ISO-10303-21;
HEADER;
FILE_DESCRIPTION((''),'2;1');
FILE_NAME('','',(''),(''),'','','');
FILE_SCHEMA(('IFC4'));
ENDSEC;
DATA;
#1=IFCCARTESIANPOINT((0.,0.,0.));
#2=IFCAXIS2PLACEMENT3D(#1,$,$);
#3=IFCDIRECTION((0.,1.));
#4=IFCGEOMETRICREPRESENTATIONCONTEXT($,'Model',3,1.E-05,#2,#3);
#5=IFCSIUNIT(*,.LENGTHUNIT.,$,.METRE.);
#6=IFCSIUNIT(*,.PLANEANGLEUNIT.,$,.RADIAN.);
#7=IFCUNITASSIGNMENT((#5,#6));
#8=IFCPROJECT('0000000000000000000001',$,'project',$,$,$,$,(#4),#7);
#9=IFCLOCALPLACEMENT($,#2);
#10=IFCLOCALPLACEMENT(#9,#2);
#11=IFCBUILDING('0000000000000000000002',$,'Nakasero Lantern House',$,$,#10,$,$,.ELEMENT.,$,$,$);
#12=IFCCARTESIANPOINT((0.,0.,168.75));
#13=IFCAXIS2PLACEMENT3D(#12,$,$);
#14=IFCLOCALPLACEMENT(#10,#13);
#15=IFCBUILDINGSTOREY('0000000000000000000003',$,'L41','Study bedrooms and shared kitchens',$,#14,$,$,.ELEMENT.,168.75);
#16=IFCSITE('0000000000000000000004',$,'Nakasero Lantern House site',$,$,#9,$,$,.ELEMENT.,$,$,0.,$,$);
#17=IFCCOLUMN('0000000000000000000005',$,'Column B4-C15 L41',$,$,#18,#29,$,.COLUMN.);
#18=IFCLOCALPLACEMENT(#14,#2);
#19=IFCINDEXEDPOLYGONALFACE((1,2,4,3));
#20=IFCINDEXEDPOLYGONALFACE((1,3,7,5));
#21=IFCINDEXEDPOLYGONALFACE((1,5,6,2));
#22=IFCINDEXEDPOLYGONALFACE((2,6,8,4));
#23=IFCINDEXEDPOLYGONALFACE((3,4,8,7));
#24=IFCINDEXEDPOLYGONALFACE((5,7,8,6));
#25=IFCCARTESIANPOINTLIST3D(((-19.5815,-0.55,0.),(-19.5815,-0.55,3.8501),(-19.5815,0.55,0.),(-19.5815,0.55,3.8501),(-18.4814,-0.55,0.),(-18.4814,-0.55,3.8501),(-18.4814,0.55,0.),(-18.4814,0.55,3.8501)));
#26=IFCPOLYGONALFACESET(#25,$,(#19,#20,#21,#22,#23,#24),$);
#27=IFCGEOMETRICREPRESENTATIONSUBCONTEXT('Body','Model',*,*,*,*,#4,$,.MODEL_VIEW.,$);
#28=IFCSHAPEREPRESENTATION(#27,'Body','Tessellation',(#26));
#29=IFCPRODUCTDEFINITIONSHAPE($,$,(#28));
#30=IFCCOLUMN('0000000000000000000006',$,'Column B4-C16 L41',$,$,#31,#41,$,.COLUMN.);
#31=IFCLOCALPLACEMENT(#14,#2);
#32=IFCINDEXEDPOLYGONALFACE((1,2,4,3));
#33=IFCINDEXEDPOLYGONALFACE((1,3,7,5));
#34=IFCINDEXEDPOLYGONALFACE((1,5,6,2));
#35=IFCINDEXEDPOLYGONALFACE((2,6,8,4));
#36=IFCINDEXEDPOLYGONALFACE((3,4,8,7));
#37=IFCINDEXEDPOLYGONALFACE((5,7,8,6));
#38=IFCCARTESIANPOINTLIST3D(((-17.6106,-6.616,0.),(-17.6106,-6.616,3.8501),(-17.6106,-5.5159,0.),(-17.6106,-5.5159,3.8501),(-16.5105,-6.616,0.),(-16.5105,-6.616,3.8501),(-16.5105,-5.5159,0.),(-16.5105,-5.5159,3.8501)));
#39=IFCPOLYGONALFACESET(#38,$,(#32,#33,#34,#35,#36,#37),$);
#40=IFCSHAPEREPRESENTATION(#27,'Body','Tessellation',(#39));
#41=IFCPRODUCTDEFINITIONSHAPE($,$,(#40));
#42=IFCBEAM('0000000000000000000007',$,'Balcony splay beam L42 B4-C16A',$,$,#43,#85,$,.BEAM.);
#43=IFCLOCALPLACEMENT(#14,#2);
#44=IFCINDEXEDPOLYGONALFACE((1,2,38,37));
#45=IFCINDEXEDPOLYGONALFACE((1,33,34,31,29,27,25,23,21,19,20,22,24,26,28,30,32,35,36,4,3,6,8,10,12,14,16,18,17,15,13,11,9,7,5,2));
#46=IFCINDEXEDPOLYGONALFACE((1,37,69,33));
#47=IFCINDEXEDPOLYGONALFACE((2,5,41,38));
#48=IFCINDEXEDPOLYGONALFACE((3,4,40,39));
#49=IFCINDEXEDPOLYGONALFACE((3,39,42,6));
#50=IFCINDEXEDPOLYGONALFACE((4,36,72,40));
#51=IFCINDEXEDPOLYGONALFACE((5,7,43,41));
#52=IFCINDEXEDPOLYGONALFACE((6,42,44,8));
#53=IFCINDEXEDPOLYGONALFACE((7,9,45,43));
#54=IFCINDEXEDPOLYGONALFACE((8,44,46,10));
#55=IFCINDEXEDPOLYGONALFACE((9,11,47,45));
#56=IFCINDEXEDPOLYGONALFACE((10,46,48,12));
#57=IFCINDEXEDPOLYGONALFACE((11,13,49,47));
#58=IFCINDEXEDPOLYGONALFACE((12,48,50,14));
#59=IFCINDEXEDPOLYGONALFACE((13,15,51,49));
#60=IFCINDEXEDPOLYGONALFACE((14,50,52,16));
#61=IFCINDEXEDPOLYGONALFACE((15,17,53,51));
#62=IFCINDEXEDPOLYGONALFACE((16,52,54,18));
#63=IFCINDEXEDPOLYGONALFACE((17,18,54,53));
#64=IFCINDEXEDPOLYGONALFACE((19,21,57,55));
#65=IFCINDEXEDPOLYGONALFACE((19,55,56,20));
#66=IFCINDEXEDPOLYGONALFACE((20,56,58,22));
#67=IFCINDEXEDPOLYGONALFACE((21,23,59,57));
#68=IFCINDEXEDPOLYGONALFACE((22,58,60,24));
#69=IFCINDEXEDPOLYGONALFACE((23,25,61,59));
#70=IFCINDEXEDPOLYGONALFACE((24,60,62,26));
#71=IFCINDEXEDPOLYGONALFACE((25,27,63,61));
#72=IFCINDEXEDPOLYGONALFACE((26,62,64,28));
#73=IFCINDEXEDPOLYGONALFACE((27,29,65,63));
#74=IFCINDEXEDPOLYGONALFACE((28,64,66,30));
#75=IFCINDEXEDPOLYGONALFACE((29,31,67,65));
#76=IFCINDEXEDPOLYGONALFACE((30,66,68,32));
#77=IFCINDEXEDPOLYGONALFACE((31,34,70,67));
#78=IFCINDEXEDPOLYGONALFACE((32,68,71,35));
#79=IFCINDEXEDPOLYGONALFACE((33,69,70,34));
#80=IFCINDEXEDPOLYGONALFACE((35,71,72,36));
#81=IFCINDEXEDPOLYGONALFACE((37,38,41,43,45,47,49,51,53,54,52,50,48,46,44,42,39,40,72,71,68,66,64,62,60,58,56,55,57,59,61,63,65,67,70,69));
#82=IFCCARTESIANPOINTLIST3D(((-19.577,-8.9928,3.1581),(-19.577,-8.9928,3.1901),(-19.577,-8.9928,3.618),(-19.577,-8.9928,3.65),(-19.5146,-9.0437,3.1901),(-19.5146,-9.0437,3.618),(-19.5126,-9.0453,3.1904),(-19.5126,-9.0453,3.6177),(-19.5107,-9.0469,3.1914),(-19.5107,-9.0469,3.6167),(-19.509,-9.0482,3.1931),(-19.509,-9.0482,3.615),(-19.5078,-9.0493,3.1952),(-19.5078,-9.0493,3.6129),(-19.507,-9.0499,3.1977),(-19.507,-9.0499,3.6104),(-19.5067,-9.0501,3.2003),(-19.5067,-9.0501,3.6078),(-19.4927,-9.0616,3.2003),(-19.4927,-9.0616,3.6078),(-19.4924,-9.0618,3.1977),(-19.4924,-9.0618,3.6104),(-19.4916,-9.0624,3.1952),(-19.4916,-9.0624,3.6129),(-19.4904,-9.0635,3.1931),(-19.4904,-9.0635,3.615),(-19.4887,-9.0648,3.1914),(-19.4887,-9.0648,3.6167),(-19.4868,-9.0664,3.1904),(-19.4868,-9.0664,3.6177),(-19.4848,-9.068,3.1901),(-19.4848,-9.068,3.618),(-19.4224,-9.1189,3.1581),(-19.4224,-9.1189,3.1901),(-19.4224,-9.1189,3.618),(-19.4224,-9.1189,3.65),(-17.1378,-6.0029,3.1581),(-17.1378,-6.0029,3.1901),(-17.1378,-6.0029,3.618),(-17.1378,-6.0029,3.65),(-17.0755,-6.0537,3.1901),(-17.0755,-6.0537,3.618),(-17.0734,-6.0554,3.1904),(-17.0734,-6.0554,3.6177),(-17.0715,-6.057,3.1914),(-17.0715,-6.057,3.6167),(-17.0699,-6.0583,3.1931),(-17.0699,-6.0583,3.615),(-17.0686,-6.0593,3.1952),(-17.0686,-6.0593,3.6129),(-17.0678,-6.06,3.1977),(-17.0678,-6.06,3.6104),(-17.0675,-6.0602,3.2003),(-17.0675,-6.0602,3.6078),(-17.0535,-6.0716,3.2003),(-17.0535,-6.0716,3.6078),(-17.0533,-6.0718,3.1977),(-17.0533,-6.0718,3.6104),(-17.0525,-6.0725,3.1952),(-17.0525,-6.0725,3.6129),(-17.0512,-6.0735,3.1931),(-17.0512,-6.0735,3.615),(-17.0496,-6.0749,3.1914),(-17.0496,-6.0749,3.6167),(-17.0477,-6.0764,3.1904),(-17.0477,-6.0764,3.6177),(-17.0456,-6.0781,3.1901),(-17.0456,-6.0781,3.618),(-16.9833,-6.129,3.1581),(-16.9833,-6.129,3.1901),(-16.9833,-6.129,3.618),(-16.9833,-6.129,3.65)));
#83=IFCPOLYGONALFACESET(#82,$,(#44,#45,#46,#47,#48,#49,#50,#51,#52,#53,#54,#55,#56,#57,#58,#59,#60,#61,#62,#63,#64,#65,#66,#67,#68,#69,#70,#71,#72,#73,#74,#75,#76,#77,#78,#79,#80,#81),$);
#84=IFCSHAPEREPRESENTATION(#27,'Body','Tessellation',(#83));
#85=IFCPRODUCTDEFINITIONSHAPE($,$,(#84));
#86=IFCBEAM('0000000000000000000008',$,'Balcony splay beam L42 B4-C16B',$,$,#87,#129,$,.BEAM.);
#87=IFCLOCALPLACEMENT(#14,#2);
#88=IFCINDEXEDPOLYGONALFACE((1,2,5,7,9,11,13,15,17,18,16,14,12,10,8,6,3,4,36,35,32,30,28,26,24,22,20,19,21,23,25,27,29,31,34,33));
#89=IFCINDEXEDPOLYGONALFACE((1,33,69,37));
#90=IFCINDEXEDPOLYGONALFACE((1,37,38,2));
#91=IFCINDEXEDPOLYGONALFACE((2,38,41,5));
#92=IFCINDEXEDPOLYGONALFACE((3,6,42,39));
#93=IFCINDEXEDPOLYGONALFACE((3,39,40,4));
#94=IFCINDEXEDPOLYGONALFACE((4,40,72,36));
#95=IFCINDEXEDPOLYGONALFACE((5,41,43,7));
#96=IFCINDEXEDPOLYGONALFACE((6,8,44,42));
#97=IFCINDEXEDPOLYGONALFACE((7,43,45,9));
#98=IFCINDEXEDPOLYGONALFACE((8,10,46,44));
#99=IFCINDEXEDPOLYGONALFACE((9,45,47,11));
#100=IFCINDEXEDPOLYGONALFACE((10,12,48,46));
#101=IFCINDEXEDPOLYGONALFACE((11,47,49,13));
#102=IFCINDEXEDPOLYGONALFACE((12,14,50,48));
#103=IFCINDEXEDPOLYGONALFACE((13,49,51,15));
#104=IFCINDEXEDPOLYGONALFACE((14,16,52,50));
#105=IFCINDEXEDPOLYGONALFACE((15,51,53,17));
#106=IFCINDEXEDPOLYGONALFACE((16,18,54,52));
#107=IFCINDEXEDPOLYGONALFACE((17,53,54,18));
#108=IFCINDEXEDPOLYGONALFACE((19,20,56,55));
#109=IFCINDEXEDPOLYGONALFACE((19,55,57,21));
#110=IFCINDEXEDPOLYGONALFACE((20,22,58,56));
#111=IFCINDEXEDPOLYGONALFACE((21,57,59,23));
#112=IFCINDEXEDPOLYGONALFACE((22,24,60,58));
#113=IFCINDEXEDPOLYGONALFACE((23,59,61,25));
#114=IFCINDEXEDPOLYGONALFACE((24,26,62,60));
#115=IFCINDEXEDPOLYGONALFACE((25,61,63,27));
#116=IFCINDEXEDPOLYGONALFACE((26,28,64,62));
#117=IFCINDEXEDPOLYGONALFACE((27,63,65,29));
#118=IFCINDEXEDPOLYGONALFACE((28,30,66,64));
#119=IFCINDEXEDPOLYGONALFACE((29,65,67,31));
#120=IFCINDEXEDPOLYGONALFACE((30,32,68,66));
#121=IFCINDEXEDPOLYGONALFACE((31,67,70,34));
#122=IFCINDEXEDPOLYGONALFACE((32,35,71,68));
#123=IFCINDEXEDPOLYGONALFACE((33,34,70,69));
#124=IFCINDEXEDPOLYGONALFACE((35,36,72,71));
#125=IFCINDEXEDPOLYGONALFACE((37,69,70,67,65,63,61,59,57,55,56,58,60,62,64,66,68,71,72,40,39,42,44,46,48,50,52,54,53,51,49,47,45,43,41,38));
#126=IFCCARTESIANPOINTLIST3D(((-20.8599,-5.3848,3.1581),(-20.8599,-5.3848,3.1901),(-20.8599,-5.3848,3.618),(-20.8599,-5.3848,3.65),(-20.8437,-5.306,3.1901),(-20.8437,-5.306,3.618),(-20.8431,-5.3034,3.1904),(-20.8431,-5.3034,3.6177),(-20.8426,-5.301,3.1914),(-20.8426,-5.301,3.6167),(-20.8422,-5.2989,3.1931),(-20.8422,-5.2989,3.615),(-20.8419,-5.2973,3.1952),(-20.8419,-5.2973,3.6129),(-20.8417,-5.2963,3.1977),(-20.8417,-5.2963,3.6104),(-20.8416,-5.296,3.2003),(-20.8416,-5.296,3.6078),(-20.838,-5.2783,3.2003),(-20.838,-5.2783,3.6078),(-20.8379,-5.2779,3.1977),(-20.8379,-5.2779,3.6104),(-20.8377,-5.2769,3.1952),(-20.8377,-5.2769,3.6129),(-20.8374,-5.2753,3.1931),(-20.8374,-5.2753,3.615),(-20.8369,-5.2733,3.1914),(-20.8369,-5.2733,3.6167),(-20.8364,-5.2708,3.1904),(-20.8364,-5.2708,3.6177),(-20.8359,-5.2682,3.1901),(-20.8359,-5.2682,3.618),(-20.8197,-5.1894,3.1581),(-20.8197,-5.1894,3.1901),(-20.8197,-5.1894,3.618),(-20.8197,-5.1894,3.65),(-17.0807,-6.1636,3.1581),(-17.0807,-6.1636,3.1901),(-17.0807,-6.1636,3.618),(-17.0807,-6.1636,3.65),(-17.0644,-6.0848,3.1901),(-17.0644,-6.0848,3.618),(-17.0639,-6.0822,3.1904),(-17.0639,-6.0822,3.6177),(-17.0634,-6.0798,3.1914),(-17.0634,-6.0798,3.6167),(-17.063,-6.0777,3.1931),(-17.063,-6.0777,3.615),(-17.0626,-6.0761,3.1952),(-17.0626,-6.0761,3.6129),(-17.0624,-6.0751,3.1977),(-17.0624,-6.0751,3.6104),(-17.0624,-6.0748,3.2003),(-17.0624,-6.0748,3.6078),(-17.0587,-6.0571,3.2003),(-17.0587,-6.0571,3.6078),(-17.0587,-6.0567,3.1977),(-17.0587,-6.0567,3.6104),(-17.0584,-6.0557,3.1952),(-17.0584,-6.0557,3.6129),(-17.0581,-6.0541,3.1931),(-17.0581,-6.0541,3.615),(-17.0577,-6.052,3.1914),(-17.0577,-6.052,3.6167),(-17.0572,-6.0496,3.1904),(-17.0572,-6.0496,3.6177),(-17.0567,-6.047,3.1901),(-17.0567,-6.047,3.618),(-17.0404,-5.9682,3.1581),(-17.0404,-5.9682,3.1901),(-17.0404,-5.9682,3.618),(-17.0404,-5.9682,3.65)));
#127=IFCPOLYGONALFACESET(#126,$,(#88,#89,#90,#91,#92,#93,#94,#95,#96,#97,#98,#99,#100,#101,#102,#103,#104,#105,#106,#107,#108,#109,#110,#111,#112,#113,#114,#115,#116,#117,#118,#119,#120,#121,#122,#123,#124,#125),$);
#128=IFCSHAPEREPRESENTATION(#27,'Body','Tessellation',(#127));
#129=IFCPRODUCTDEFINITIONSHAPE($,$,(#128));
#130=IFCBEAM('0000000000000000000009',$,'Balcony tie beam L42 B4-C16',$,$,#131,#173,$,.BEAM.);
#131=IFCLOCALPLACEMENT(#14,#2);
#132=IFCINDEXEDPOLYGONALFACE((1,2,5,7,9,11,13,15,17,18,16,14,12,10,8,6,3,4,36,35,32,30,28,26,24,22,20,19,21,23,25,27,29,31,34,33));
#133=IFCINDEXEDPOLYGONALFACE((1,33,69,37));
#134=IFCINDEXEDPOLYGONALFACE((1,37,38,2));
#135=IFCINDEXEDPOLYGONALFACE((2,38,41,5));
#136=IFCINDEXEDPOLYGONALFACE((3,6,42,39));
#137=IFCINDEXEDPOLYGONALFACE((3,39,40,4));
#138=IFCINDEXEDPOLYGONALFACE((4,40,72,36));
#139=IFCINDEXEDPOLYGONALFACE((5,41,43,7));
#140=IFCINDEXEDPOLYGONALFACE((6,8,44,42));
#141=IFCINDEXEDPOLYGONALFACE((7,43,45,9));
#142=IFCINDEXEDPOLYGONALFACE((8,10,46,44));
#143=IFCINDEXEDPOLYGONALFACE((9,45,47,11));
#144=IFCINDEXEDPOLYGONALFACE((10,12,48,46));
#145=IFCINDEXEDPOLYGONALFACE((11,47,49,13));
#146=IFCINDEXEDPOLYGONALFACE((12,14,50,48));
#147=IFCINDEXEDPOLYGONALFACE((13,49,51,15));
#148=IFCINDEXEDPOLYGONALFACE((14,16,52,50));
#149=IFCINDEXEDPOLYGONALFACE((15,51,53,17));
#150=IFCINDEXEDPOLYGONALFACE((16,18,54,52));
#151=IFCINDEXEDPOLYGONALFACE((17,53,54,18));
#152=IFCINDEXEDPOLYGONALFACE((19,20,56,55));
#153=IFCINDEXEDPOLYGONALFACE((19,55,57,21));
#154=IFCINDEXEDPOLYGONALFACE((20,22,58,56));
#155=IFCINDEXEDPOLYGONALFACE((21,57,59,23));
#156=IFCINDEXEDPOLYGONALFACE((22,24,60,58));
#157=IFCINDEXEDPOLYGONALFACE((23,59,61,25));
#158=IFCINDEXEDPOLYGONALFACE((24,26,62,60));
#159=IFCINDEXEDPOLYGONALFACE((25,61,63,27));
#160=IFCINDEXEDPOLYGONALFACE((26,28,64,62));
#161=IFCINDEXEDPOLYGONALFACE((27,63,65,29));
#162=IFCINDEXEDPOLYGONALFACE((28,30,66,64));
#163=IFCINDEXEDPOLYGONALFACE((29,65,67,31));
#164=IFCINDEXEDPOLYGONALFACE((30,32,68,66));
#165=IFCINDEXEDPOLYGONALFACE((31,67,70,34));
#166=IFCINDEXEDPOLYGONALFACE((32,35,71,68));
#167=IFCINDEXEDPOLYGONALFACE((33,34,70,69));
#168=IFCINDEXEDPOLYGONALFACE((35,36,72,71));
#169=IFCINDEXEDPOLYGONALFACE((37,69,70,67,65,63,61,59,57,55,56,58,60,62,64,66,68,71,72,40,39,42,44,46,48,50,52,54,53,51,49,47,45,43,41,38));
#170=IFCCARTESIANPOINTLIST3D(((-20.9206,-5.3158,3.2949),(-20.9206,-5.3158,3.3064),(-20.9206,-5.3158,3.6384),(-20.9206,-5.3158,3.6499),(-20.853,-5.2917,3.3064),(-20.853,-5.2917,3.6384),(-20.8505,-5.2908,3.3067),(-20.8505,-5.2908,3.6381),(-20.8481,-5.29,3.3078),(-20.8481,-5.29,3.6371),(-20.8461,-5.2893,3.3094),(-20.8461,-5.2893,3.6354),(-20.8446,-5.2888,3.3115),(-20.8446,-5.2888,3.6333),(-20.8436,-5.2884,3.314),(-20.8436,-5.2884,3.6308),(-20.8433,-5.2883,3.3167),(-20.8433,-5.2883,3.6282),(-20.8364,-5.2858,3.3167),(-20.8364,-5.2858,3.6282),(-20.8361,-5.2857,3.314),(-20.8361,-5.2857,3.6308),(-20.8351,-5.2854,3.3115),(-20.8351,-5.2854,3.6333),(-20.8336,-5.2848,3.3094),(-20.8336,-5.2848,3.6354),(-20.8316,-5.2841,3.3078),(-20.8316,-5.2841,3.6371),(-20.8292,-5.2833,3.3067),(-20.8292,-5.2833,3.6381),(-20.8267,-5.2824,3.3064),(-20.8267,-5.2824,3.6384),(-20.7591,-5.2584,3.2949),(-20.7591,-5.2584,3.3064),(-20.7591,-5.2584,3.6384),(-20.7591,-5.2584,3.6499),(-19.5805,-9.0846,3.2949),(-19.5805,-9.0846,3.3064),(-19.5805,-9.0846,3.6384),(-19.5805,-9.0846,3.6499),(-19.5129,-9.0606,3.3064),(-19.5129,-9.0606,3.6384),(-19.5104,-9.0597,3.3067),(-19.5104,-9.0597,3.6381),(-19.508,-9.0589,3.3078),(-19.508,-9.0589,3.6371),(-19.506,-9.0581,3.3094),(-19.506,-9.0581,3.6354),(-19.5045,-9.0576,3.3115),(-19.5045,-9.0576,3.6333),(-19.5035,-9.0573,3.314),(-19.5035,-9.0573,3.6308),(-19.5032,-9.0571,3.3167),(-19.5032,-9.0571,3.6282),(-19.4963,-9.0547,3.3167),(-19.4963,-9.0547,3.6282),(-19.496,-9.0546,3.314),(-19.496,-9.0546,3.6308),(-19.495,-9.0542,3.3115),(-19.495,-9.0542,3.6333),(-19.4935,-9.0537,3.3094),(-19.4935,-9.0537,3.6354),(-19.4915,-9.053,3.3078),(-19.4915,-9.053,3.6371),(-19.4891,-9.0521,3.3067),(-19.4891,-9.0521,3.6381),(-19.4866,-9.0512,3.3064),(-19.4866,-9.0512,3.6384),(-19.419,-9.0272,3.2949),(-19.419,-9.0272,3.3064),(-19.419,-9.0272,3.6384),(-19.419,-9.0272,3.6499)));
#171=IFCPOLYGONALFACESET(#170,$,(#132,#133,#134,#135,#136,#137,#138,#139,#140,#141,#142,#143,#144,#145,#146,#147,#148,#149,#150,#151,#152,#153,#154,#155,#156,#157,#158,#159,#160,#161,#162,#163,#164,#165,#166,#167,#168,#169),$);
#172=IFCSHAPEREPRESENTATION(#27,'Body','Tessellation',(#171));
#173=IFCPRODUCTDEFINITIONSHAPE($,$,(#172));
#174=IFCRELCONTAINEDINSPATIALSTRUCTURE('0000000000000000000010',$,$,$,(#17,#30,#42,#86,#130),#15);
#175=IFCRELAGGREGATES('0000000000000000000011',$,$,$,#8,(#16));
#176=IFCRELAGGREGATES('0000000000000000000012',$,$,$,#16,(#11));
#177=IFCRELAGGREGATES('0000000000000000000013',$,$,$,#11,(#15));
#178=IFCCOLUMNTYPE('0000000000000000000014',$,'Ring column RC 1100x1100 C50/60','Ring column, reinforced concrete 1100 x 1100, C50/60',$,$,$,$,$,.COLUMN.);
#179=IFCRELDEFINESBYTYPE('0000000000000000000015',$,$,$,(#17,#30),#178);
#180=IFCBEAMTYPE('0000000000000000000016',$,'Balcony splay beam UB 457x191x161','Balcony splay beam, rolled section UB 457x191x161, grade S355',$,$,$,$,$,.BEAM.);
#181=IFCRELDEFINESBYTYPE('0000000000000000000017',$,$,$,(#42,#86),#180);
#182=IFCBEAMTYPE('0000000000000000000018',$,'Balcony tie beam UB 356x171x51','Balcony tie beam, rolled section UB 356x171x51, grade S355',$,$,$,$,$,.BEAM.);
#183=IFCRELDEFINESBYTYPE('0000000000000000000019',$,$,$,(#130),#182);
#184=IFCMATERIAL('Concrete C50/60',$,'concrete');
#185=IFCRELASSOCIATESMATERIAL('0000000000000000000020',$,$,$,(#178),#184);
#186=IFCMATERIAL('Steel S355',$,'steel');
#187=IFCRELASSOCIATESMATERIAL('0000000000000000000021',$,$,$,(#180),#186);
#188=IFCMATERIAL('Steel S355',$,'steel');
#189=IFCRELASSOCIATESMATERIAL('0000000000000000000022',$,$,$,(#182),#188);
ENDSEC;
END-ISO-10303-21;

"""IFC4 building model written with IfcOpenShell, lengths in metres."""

from ifc_helpers import new_model, si_unit, direction, frame, origin, origin_2d, place, context, subcontext, project, spatial, rectangle, i_section, extrude, material, material_profile, profile_set, type_object, element, save


model = new_model("IFC4")

# Units and contexts
model_context = context("Model", 3, precision=1e-05, world=origin(), true_north=direction((0.0, 1.0)))
body_context = subcontext(model_context, "Body", "Model", "MODEL_VIEW")
ifc_project = project(units=[si_unit("LENGTHUNIT", "METRE"), si_unit("PLANEANGLEUNIT", "RADIAN")], contexts=[model_context])

# Site, building, storey
site_placement = place(None, origin())
site = spatial("IfcSite", under=ifc_project, at=site_placement, Name="Nakasero Lantern House site", CompositionType="ELEMENT", RefElevation=0.0)
building_placement = place(site_placement, origin())
building = spatial("IfcBuilding", under=site, at=building_placement, Name="Nakasero Lantern House", CompositionType="ELEMENT")
storey_placement = place(building_placement, frame((0.0, 0.0, 168.75)))
storey = spatial("IfcBuildingStorey", under=building, at=storey_placement, Name="L41", Description="Study bedrooms and shared kitchens", CompositionType="ELEMENT", Elevation=168.75)

# Columns
ifc_material_1 = material(Name="Concrete C50/60", Category="concrete")
ifc_material_profile_1 = material_profile(ifc_material_1, rectangle(XDim=1.1001, YDim=1.1001, at=origin_2d()), Name="RC 1100x1100")
ifc_profile_set_1 = profile_set([ifc_material_profile_1], Name="Concrete C50/60")
column_type = type_object("IfcColumnType", Name="Ring column RC 1100x1100 C50/60", Description="Ring column, reinforced concrete 1100 x 1100, C50/60", PredefinedType="COLUMN", material=ifc_profile_set_1)
for number, where, z_axis, x_axis, name in (
    (1, (-19.0315, 0.0, 0.0), (0.0, 0.0, 1.0), (1.0, 0.0, 0.0), "Column B4-C15 L41"),
    (2, (-17.0605, -6.0659, 0.0), (0.0, 0.0, 1.0), (1.0, 0.0, 0.0), "Column B4-C16 L41"),
):
    element("IfcColumn", number, at=place(storey_placement, frame(where, z_axis=z_axis, x_axis=x_axis)), inside=storey, type_object=column_type, Name=name, PredefinedType="COLUMN", context=body_context, shape_type="SweptSolid", body=[
        extrude(rectangle(XDim=1.1001, YDim=1.1001, at=origin_2d()), origin(), (0.0, 0.0, 1.0), 3.8501),
    ])

# Beams
ifc_material_2 = material(Name="Steel S355", Category="steel")
ifc_material_profile_2 = material_profile(ifc_material_2, i_section(OverallWidth=0.1995, OverallDepth=0.4919, WebThickness=0.0181, FlangeThickness=0.032, FilletRadius=0.0103, at=origin_2d()), Name="UB 457x191x161")
ifc_profile_set_2 = profile_set([ifc_material_profile_2], Name="Steel S355")
beam_type_1 = type_object("IfcBeamType", Name="Balcony splay beam UB 457x191x161", Description="Balcony splay beam, rolled section UB 457x191x161, grade S355", PredefinedType="BEAM", material=ifc_profile_set_2)
for number, where, z_axis, x_axis, name in (
    (3, (-17.0605, -6.0659, 3.4041), (-0.632128, -0.774864, 0.0), (0.774864, -0.632128, 0.0), "Balcony splay beam L42 B4-C16A"),
    (4, (-17.0605, -6.0659, 3.4041), (-0.97942, 0.201831, 0.0), (-0.201831, -0.97942, 0.0), "Balcony splay beam L42 B4-C16B"),
):
    element("IfcBeam", number, at=place(storey_placement, frame(where, z_axis=z_axis, x_axis=x_axis)), inside=storey, type_object=beam_type_1, Name=name, PredefinedType="BEAM", context=body_context, shape_type="SweptSolid", body=[
        extrude(i_section(OverallWidth=0.1995, OverallDepth=0.4919, WebThickness=0.0181, FlangeThickness=0.032, FilletRadius=0.0103, at=origin_2d()), origin(), (0.0, 0.0, 1.0), 3.8586),
    ])
ifc_material_3 = material(Name="Steel S355", Category="steel")
ifc_material_profile_3 = material_profile(ifc_material_3, i_section(OverallWidth=0.1714, OverallDepth=0.355, WebThickness=0.0073, FlangeThickness=0.0115, FilletRadius=0.0103, at=origin_2d()), Name="UB 356x171x51")
ifc_profile_set_3 = profile_set([ifc_material_profile_3], Name="Steel S355")
beam_type_2 = type_object("IfcBeamType", Name="Balcony tie beam UB 356x171x51", Description="Balcony tie beam, rolled section UB 356x171x51, grade S355", PredefinedType="BEAM", material=ifc_profile_set_3)
beam_1_placement = place(storey_placement, frame((-19.4998, -9.0559, 3.4724), z_axis=(-0.335025, 0.942209, 0.0), x_axis=(-0.942209, -0.335025, 0.0)))
element("IfcBeam", 5, at=beam_1_placement, inside=storey, type_object=beam_type_2, Name="Balcony tie beam L42 B4-C16", PredefinedType="BEAM", context=body_context, shape_type="SweptSolid", body=[
    extrude(i_section(OverallWidth=0.1714, OverallDepth=0.355, WebThickness=0.0073, FlangeThickness=0.0115, FilletRadius=0.0103, at=origin_2d()), origin(), (0.0, 0.0, 1.0), 4.0),
])

save(model, "model.ifc")
